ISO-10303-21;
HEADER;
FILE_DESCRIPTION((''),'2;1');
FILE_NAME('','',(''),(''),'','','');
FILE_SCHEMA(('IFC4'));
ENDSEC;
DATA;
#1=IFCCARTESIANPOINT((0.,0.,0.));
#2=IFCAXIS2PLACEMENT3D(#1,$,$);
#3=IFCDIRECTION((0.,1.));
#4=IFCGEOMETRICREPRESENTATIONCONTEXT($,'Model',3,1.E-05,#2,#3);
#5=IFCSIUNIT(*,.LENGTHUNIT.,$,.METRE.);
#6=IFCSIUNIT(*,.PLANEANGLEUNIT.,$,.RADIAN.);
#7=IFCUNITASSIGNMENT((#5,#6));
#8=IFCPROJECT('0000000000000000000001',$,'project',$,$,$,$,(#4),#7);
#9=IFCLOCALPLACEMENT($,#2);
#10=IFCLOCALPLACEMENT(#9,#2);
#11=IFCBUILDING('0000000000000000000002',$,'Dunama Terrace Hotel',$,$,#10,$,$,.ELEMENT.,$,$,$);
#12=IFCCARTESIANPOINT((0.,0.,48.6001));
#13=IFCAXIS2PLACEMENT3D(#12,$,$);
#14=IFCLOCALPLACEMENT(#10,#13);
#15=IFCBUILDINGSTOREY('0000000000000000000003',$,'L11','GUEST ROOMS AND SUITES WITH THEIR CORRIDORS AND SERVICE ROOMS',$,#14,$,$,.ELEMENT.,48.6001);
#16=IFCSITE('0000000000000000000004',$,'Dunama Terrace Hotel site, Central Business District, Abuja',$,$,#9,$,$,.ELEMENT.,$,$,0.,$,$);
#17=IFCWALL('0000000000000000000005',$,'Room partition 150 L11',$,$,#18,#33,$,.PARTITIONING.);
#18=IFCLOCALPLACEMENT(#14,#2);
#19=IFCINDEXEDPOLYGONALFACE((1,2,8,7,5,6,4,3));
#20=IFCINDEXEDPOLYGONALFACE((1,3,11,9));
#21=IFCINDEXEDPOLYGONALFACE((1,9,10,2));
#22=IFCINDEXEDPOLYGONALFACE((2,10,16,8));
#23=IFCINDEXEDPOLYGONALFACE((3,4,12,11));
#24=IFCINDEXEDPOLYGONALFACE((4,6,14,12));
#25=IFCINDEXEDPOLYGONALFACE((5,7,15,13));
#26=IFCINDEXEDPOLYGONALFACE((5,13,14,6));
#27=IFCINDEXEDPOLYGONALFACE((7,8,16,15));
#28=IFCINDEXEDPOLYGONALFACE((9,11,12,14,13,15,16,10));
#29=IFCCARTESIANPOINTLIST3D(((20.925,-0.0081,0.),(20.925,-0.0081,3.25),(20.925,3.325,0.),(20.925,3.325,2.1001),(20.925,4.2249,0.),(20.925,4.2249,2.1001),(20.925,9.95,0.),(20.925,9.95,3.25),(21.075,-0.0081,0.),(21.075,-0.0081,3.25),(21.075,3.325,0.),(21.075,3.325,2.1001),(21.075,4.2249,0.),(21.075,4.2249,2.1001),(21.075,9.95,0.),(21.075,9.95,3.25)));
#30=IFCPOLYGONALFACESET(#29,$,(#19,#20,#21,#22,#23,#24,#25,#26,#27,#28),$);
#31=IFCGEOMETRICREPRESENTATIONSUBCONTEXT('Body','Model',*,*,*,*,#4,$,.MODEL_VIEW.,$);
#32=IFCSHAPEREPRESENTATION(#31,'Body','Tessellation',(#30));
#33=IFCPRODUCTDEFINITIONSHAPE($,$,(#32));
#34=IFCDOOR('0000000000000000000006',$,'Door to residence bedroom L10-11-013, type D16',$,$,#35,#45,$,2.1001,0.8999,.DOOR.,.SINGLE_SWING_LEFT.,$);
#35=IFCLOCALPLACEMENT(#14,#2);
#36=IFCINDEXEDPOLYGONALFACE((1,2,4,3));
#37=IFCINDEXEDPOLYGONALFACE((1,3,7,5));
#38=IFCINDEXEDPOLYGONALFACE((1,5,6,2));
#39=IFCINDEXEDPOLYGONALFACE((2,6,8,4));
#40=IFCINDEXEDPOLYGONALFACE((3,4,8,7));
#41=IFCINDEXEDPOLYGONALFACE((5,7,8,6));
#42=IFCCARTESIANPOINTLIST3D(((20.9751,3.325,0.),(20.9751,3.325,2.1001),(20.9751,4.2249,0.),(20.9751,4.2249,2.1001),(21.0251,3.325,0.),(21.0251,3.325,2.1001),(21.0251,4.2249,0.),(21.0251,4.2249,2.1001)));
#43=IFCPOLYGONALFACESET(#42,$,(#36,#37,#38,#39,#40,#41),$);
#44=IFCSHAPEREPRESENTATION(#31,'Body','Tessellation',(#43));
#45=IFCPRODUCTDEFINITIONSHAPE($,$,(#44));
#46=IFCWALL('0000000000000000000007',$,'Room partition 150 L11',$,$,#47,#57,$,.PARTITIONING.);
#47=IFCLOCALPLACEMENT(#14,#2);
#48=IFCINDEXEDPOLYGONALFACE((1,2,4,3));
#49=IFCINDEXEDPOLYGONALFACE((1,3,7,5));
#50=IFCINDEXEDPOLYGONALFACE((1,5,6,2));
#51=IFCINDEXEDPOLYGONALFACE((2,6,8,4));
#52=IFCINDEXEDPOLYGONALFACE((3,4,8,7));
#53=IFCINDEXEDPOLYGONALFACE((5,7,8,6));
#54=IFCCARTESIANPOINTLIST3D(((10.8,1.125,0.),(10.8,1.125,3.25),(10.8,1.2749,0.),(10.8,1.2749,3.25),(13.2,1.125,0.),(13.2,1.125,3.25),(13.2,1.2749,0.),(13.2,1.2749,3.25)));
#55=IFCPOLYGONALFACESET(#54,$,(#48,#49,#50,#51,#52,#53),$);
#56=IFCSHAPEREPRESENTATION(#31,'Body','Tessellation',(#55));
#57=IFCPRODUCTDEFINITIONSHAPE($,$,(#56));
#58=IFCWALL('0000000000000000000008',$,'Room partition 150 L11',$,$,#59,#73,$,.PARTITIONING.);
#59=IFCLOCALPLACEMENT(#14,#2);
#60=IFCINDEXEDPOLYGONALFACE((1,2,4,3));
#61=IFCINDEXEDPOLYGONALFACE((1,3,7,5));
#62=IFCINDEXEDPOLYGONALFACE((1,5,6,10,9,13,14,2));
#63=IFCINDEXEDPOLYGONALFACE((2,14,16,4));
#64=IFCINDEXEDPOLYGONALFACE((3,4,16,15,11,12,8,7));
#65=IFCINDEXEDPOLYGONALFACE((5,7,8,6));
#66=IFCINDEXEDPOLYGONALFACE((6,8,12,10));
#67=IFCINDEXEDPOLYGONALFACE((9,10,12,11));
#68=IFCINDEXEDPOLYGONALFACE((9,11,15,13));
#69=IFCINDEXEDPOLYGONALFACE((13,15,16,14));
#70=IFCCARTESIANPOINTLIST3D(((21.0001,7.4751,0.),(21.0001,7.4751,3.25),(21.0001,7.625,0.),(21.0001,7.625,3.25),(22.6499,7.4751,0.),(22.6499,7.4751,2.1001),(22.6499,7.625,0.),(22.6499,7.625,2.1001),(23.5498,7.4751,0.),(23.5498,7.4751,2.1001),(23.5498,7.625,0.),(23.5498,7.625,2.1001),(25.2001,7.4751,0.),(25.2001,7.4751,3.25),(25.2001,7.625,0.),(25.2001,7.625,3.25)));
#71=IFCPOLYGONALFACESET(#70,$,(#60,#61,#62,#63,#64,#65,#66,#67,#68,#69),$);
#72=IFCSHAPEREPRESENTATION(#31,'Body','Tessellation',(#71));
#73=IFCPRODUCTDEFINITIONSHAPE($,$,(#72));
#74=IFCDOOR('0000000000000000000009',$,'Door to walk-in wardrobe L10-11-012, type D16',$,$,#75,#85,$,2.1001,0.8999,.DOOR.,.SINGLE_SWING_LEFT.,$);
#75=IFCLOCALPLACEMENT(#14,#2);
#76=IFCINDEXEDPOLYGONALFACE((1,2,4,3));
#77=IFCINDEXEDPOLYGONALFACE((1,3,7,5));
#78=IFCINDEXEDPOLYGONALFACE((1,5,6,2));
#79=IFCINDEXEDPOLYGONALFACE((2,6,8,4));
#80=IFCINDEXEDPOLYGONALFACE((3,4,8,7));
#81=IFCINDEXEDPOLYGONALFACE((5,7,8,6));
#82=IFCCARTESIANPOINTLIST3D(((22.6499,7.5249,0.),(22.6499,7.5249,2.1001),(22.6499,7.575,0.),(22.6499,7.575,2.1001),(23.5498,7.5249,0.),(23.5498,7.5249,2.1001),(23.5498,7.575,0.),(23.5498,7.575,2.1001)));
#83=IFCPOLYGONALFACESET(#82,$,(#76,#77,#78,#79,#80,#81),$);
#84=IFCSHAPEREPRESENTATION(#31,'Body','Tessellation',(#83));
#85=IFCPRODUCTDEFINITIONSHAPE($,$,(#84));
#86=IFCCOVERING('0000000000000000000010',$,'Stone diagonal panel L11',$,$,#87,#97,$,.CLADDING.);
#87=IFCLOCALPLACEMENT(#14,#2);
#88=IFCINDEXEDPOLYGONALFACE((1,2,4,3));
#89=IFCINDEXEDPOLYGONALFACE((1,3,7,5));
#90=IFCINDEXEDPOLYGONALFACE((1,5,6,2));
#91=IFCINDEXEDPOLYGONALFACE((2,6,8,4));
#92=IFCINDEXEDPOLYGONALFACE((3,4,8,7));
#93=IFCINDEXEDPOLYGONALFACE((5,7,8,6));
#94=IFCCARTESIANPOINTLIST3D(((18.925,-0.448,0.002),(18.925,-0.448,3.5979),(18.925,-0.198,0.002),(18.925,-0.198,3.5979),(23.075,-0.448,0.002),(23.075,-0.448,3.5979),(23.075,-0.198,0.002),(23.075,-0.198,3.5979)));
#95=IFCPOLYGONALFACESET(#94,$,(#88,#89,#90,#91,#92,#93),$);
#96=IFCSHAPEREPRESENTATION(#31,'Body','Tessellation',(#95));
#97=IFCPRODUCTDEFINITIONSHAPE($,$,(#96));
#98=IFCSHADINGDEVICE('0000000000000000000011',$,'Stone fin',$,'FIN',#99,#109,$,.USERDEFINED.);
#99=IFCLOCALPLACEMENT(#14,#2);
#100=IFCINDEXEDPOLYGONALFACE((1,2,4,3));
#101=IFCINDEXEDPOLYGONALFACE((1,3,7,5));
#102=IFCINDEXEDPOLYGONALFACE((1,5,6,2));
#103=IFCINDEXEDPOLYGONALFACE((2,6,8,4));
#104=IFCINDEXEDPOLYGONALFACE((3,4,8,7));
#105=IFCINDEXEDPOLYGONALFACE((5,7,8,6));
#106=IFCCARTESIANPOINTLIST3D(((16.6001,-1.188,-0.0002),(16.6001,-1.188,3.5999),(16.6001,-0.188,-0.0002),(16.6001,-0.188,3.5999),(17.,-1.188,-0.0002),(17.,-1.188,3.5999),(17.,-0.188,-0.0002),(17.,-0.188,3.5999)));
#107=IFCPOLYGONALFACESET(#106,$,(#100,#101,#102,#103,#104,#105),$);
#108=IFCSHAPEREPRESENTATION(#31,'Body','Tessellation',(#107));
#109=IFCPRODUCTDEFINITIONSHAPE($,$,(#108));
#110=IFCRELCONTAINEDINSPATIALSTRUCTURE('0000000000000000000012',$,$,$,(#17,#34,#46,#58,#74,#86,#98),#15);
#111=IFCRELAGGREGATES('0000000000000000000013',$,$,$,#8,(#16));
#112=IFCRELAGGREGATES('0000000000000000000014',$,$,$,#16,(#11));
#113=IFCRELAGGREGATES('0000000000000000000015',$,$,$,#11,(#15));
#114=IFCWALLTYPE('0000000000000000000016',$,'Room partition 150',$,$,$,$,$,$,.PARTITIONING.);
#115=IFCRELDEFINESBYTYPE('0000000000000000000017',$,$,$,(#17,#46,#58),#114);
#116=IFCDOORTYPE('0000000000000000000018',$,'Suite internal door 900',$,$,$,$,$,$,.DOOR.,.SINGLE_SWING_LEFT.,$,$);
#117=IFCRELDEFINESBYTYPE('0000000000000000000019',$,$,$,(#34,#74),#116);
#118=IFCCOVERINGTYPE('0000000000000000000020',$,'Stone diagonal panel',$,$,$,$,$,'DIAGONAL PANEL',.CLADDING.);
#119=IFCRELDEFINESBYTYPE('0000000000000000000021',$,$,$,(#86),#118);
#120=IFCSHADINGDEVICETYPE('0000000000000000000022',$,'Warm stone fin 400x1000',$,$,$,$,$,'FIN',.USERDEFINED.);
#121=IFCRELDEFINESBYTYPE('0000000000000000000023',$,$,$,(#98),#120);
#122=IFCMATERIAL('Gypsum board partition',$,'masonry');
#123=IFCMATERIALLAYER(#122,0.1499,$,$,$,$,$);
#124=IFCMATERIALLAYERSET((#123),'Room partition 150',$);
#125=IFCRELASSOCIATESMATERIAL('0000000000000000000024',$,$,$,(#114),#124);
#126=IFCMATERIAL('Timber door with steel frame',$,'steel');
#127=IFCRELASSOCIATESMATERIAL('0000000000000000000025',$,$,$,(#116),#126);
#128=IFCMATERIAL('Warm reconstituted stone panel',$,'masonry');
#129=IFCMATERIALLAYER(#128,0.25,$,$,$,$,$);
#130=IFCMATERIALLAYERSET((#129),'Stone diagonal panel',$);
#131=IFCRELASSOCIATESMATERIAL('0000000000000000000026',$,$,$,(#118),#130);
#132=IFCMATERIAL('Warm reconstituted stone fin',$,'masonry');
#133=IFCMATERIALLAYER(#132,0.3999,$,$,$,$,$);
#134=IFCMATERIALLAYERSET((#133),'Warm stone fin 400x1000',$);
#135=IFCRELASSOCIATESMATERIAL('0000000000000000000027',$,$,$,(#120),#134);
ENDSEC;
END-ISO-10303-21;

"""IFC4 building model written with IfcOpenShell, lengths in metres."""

from ifc_helpers import new_model, si_unit, direction, frame, frame_2d, origin, origin_2d, place, context, subcontext, project, spatial, rectangle, extrude, material, layer, layer_set, type_object, element, fill, save


model = new_model("IFC4")

# Units and contexts
model_context = context("Model", 3, precision=1e-05, world=origin(), true_north=direction((0.0, 1.0)))
body_context = subcontext(model_context, "Body", "Model", "MODEL_VIEW")
ifc_project = project(units=[si_unit("LENGTHUNIT", "METRE"), si_unit("PLANEANGLEUNIT", "RADIAN")], contexts=[model_context])

# Site, building, storey
site_placement = place(None, origin())
site = spatial("IfcSite", under=ifc_project, at=site_placement, Name="Dunama Terrace Hotel site, Central Business District, Abuja", CompositionType="ELEMENT", RefElevation=0.0)
building_placement = place(site_placement, origin())
building = spatial("IfcBuilding", under=site, at=building_placement, Name="Dunama Terrace Hotel", CompositionType="ELEMENT")
storey_placement = place(building_placement, frame((0.0, 0.0, 48.6001)))
storey = spatial("IfcBuildingStorey", under=building, at=storey_placement, Name="L11", Description="GUEST ROOMS AND SUITES WITH THEIR CORRIDORS AND SERVICE ROOMS", CompositionType="ELEMENT", Elevation=48.6001)

# Shared definitions
ifc_material_1 = material(Name="Gypsum board partition", Category="masonry")
ifc_layer_1 = layer(ifc_material_1, 0.1499)
ifc_layer_set_1 = layer_set([ifc_layer_1], Name="Room partition 150")
wall_type_1 = type_object("IfcWallType", Name="Room partition 150", PredefinedType="PARTITIONING", material=ifc_layer_set_1)
ifc_material_2 = material(Name="Timber door with steel frame", Category="steel")
door_type_1 = type_object("IfcDoorType", Name="Suite internal door 900", OperationType="SINGLE_SWING_LEFT", PredefinedType="DOOR", material=ifc_material_2)

# Wall, opening, door
wall_1_placement = place(storey_placement, frame((21.0, -0.0081, 0.0), z_axis=(0.0, 0.0, 1.0), x_axis=(0.0, 1.0, 0.0)))
wall_1 = element("IfcWall", 1, at=wall_1_placement, inside=storey, type_object=wall_type_1, Name="Room partition 150 L11", PredefinedType="PARTITIONING", context=body_context, shape_type="SweptSolid", body=[
    extrude(rectangle(XDim=9.958, YDim=0.1499, at=frame_2d((4.979, 0.0))), origin(), (0.0, 0.0, 1.0), 3.25),
])
opening_1_placement = place(wall_1_placement, frame((3.333, 0.0, 0.0)))
opening_1 = element("IfcOpeningElement", 2, at=opening_1_placement, cuts=wall_1, PredefinedType="OPENING", context=body_context, shape_type="SweptSolid", body=[
    extrude(rectangle(XDim=0.8999, YDim=2.1001, at=frame_2d((0.45, 1.05))), frame((0.0, 0.085, 0.0), z_axis=(0.0, -1.0, 0.0), x_axis=(1.0, 0.0, 0.0)), (0.0, 0.0, 1.0), 0.1699),
])
door_1_placement = place(opening_1_placement, frame((0.8999, 0.0, 0.0), z_axis=(0.0, 0.0, 1.0), x_axis=(-1.0, 0.0, 0.0)))
door_1 = element("IfcDoor", 3, at=door_1_placement, inside=storey, type_object=door_type_1, Name="Door to residence bedroom L10-11-013, type D16", OperationType="SINGLE_SWING_LEFT", OverallHeight=2.1001, OverallWidth=0.8999, PredefinedType="DOOR", context=body_context, shape_type="SweptSolid", body=[
    extrude(rectangle(XDim=0.8999, YDim=2.1001, at=frame_2d((0.45, 1.05))), frame((0.0, 0.0251, 0.0), z_axis=(0.0, -1.0, 0.0), x_axis=(1.0, 0.0, 0.0)), (0.0, 0.0, 1.0), 0.05),
])
fill(opening_1, door_1)

# Wall
wall_2_placement = place(storey_placement, frame((10.8, 1.2, 0.0), z_axis=(0.0, 0.0, 1.0), x_axis=(1.0, 0.0, 0.0)))
element("IfcWall", 4, at=wall_2_placement, inside=storey, type_object=wall_type_1, Name="Room partition 150 L11", PredefinedType="PARTITIONING", context=body_context, shape_type="SweptSolid", body=[
    extrude(rectangle(XDim=2.3999, YDim=0.1499, at=frame_2d((1.2, 0.0))), origin(), (0.0, 0.0, 1.0), 3.25),
])

# Wall, opening, door
wall_3_placement = place(storey_placement, frame((21.0, 7.55, 0.0), z_axis=(0.0, 0.0, 1.0), x_axis=(1.0, 0.0, 0.0)))
wall_3 = element("IfcWall", 5, at=wall_3_placement, inside=storey, type_object=wall_type_1, Name="Room partition 150 L11", PredefinedType="PARTITIONING", context=body_context, shape_type="SweptSolid", body=[
    extrude(rectangle(XDim=4.2, YDim=0.1499, at=frame_2d((2.1001, 0.0))), origin(), (0.0, 0.0, 1.0), 3.25),
])
opening_2_placement = place(wall_3_placement, frame((1.6499, 0.0, 0.0)))
opening_2 = element("IfcOpeningElement", 6, at=opening_2_placement, cuts=wall_3, PredefinedType="OPENING", context=body_context, shape_type="SweptSolid", body=[
    extrude(rectangle(XDim=0.8999, YDim=2.1001, at=frame_2d((0.45, 1.05))), frame((0.0, 0.085, 0.0), z_axis=(0.0, -1.0, 0.0), x_axis=(1.0, 0.0, 0.0)), (0.0, 0.0, 1.0), 0.1699),
])
door_2_placement = place(opening_2_placement, origin())
door_2 = element("IfcDoor", 7, at=door_2_placement, inside=storey, type_object=door_type_1, Name="Door to walk-in wardrobe L10-11-012, type D16", OperationType="SINGLE_SWING_LEFT", OverallHeight=2.1001, OverallWidth=0.8999, PredefinedType="DOOR", context=body_context, shape_type="SweptSolid", body=[
    extrude(rectangle(XDim=0.8999, YDim=2.1001, at=frame_2d((0.45, 1.05))), frame((0.0, 0.0249, 0.0), z_axis=(0.0, -1.0, 0.0), x_axis=(1.0, 0.0, 0.0)), (0.0, 0.0, 1.0), 0.05),
])
fill(opening_2, door_2)

# Covering
ifc_material_3 = material(Name="Warm reconstituted stone panel", Category="masonry")
ifc_layer_2 = layer(ifc_material_3, 0.25)
ifc_layer_set_2 = layer_set([ifc_layer_2], Name="Stone diagonal panel")
covering_type = type_object("IfcCoveringType", Name="Stone diagonal panel", ElementType="DIAGONAL PANEL", PredefinedType="CLADDING", material=ifc_layer_set_2)
covering_placement = place(storey_placement, frame((21.0, -0.323, 0.002), z_axis=(0.0, 0.0, 1.0), x_axis=(1.0, 0.0, 0.0)))
element("IfcCovering", 8, at=covering_placement, inside=storey, type_object=covering_type, Name="Stone diagonal panel L11", PredefinedType="CLADDING", context=body_context, shape_type="SweptSolid", body=[
    extrude(rectangle(XDim=4.1499, YDim=0.25, at=origin_2d()), origin(), (0.0, 0.0, 1.0), 3.5959),
])

# Shading device
ifc_material_4 = material(Name="Warm reconstituted stone fin", Category="masonry")
ifc_layer_3 = layer(ifc_material_4, 0.3999)
ifc_layer_set_3 = layer_set([ifc_layer_3], Name="Warm stone fin 400x1000")
shading_device_type = type_object("IfcShadingDeviceType", Name="Warm stone fin 400x1000", ElementType="FIN", PredefinedType="USERDEFINED", material=ifc_layer_set_3)
shading_device_placement = place(storey_placement, frame((16.8, -0.688, -0.0002), z_axis=(0.0, 0.0, 1.0), x_axis=(1.0, 0.0, 0.0)))
element("IfcShadingDevice", 9, at=shading_device_placement, inside=storey, type_object=shading_device_type, Name="Stone fin", ObjectType="FIN", PredefinedType="USERDEFINED", context=body_context, shape_type="SweptSolid", body=[
    extrude(rectangle(XDim=0.3999, YDim=1.0, at=origin_2d()), origin(), (0.0, 0.0, 1.0), 3.6001),
])

save(model, "model.ifc")
